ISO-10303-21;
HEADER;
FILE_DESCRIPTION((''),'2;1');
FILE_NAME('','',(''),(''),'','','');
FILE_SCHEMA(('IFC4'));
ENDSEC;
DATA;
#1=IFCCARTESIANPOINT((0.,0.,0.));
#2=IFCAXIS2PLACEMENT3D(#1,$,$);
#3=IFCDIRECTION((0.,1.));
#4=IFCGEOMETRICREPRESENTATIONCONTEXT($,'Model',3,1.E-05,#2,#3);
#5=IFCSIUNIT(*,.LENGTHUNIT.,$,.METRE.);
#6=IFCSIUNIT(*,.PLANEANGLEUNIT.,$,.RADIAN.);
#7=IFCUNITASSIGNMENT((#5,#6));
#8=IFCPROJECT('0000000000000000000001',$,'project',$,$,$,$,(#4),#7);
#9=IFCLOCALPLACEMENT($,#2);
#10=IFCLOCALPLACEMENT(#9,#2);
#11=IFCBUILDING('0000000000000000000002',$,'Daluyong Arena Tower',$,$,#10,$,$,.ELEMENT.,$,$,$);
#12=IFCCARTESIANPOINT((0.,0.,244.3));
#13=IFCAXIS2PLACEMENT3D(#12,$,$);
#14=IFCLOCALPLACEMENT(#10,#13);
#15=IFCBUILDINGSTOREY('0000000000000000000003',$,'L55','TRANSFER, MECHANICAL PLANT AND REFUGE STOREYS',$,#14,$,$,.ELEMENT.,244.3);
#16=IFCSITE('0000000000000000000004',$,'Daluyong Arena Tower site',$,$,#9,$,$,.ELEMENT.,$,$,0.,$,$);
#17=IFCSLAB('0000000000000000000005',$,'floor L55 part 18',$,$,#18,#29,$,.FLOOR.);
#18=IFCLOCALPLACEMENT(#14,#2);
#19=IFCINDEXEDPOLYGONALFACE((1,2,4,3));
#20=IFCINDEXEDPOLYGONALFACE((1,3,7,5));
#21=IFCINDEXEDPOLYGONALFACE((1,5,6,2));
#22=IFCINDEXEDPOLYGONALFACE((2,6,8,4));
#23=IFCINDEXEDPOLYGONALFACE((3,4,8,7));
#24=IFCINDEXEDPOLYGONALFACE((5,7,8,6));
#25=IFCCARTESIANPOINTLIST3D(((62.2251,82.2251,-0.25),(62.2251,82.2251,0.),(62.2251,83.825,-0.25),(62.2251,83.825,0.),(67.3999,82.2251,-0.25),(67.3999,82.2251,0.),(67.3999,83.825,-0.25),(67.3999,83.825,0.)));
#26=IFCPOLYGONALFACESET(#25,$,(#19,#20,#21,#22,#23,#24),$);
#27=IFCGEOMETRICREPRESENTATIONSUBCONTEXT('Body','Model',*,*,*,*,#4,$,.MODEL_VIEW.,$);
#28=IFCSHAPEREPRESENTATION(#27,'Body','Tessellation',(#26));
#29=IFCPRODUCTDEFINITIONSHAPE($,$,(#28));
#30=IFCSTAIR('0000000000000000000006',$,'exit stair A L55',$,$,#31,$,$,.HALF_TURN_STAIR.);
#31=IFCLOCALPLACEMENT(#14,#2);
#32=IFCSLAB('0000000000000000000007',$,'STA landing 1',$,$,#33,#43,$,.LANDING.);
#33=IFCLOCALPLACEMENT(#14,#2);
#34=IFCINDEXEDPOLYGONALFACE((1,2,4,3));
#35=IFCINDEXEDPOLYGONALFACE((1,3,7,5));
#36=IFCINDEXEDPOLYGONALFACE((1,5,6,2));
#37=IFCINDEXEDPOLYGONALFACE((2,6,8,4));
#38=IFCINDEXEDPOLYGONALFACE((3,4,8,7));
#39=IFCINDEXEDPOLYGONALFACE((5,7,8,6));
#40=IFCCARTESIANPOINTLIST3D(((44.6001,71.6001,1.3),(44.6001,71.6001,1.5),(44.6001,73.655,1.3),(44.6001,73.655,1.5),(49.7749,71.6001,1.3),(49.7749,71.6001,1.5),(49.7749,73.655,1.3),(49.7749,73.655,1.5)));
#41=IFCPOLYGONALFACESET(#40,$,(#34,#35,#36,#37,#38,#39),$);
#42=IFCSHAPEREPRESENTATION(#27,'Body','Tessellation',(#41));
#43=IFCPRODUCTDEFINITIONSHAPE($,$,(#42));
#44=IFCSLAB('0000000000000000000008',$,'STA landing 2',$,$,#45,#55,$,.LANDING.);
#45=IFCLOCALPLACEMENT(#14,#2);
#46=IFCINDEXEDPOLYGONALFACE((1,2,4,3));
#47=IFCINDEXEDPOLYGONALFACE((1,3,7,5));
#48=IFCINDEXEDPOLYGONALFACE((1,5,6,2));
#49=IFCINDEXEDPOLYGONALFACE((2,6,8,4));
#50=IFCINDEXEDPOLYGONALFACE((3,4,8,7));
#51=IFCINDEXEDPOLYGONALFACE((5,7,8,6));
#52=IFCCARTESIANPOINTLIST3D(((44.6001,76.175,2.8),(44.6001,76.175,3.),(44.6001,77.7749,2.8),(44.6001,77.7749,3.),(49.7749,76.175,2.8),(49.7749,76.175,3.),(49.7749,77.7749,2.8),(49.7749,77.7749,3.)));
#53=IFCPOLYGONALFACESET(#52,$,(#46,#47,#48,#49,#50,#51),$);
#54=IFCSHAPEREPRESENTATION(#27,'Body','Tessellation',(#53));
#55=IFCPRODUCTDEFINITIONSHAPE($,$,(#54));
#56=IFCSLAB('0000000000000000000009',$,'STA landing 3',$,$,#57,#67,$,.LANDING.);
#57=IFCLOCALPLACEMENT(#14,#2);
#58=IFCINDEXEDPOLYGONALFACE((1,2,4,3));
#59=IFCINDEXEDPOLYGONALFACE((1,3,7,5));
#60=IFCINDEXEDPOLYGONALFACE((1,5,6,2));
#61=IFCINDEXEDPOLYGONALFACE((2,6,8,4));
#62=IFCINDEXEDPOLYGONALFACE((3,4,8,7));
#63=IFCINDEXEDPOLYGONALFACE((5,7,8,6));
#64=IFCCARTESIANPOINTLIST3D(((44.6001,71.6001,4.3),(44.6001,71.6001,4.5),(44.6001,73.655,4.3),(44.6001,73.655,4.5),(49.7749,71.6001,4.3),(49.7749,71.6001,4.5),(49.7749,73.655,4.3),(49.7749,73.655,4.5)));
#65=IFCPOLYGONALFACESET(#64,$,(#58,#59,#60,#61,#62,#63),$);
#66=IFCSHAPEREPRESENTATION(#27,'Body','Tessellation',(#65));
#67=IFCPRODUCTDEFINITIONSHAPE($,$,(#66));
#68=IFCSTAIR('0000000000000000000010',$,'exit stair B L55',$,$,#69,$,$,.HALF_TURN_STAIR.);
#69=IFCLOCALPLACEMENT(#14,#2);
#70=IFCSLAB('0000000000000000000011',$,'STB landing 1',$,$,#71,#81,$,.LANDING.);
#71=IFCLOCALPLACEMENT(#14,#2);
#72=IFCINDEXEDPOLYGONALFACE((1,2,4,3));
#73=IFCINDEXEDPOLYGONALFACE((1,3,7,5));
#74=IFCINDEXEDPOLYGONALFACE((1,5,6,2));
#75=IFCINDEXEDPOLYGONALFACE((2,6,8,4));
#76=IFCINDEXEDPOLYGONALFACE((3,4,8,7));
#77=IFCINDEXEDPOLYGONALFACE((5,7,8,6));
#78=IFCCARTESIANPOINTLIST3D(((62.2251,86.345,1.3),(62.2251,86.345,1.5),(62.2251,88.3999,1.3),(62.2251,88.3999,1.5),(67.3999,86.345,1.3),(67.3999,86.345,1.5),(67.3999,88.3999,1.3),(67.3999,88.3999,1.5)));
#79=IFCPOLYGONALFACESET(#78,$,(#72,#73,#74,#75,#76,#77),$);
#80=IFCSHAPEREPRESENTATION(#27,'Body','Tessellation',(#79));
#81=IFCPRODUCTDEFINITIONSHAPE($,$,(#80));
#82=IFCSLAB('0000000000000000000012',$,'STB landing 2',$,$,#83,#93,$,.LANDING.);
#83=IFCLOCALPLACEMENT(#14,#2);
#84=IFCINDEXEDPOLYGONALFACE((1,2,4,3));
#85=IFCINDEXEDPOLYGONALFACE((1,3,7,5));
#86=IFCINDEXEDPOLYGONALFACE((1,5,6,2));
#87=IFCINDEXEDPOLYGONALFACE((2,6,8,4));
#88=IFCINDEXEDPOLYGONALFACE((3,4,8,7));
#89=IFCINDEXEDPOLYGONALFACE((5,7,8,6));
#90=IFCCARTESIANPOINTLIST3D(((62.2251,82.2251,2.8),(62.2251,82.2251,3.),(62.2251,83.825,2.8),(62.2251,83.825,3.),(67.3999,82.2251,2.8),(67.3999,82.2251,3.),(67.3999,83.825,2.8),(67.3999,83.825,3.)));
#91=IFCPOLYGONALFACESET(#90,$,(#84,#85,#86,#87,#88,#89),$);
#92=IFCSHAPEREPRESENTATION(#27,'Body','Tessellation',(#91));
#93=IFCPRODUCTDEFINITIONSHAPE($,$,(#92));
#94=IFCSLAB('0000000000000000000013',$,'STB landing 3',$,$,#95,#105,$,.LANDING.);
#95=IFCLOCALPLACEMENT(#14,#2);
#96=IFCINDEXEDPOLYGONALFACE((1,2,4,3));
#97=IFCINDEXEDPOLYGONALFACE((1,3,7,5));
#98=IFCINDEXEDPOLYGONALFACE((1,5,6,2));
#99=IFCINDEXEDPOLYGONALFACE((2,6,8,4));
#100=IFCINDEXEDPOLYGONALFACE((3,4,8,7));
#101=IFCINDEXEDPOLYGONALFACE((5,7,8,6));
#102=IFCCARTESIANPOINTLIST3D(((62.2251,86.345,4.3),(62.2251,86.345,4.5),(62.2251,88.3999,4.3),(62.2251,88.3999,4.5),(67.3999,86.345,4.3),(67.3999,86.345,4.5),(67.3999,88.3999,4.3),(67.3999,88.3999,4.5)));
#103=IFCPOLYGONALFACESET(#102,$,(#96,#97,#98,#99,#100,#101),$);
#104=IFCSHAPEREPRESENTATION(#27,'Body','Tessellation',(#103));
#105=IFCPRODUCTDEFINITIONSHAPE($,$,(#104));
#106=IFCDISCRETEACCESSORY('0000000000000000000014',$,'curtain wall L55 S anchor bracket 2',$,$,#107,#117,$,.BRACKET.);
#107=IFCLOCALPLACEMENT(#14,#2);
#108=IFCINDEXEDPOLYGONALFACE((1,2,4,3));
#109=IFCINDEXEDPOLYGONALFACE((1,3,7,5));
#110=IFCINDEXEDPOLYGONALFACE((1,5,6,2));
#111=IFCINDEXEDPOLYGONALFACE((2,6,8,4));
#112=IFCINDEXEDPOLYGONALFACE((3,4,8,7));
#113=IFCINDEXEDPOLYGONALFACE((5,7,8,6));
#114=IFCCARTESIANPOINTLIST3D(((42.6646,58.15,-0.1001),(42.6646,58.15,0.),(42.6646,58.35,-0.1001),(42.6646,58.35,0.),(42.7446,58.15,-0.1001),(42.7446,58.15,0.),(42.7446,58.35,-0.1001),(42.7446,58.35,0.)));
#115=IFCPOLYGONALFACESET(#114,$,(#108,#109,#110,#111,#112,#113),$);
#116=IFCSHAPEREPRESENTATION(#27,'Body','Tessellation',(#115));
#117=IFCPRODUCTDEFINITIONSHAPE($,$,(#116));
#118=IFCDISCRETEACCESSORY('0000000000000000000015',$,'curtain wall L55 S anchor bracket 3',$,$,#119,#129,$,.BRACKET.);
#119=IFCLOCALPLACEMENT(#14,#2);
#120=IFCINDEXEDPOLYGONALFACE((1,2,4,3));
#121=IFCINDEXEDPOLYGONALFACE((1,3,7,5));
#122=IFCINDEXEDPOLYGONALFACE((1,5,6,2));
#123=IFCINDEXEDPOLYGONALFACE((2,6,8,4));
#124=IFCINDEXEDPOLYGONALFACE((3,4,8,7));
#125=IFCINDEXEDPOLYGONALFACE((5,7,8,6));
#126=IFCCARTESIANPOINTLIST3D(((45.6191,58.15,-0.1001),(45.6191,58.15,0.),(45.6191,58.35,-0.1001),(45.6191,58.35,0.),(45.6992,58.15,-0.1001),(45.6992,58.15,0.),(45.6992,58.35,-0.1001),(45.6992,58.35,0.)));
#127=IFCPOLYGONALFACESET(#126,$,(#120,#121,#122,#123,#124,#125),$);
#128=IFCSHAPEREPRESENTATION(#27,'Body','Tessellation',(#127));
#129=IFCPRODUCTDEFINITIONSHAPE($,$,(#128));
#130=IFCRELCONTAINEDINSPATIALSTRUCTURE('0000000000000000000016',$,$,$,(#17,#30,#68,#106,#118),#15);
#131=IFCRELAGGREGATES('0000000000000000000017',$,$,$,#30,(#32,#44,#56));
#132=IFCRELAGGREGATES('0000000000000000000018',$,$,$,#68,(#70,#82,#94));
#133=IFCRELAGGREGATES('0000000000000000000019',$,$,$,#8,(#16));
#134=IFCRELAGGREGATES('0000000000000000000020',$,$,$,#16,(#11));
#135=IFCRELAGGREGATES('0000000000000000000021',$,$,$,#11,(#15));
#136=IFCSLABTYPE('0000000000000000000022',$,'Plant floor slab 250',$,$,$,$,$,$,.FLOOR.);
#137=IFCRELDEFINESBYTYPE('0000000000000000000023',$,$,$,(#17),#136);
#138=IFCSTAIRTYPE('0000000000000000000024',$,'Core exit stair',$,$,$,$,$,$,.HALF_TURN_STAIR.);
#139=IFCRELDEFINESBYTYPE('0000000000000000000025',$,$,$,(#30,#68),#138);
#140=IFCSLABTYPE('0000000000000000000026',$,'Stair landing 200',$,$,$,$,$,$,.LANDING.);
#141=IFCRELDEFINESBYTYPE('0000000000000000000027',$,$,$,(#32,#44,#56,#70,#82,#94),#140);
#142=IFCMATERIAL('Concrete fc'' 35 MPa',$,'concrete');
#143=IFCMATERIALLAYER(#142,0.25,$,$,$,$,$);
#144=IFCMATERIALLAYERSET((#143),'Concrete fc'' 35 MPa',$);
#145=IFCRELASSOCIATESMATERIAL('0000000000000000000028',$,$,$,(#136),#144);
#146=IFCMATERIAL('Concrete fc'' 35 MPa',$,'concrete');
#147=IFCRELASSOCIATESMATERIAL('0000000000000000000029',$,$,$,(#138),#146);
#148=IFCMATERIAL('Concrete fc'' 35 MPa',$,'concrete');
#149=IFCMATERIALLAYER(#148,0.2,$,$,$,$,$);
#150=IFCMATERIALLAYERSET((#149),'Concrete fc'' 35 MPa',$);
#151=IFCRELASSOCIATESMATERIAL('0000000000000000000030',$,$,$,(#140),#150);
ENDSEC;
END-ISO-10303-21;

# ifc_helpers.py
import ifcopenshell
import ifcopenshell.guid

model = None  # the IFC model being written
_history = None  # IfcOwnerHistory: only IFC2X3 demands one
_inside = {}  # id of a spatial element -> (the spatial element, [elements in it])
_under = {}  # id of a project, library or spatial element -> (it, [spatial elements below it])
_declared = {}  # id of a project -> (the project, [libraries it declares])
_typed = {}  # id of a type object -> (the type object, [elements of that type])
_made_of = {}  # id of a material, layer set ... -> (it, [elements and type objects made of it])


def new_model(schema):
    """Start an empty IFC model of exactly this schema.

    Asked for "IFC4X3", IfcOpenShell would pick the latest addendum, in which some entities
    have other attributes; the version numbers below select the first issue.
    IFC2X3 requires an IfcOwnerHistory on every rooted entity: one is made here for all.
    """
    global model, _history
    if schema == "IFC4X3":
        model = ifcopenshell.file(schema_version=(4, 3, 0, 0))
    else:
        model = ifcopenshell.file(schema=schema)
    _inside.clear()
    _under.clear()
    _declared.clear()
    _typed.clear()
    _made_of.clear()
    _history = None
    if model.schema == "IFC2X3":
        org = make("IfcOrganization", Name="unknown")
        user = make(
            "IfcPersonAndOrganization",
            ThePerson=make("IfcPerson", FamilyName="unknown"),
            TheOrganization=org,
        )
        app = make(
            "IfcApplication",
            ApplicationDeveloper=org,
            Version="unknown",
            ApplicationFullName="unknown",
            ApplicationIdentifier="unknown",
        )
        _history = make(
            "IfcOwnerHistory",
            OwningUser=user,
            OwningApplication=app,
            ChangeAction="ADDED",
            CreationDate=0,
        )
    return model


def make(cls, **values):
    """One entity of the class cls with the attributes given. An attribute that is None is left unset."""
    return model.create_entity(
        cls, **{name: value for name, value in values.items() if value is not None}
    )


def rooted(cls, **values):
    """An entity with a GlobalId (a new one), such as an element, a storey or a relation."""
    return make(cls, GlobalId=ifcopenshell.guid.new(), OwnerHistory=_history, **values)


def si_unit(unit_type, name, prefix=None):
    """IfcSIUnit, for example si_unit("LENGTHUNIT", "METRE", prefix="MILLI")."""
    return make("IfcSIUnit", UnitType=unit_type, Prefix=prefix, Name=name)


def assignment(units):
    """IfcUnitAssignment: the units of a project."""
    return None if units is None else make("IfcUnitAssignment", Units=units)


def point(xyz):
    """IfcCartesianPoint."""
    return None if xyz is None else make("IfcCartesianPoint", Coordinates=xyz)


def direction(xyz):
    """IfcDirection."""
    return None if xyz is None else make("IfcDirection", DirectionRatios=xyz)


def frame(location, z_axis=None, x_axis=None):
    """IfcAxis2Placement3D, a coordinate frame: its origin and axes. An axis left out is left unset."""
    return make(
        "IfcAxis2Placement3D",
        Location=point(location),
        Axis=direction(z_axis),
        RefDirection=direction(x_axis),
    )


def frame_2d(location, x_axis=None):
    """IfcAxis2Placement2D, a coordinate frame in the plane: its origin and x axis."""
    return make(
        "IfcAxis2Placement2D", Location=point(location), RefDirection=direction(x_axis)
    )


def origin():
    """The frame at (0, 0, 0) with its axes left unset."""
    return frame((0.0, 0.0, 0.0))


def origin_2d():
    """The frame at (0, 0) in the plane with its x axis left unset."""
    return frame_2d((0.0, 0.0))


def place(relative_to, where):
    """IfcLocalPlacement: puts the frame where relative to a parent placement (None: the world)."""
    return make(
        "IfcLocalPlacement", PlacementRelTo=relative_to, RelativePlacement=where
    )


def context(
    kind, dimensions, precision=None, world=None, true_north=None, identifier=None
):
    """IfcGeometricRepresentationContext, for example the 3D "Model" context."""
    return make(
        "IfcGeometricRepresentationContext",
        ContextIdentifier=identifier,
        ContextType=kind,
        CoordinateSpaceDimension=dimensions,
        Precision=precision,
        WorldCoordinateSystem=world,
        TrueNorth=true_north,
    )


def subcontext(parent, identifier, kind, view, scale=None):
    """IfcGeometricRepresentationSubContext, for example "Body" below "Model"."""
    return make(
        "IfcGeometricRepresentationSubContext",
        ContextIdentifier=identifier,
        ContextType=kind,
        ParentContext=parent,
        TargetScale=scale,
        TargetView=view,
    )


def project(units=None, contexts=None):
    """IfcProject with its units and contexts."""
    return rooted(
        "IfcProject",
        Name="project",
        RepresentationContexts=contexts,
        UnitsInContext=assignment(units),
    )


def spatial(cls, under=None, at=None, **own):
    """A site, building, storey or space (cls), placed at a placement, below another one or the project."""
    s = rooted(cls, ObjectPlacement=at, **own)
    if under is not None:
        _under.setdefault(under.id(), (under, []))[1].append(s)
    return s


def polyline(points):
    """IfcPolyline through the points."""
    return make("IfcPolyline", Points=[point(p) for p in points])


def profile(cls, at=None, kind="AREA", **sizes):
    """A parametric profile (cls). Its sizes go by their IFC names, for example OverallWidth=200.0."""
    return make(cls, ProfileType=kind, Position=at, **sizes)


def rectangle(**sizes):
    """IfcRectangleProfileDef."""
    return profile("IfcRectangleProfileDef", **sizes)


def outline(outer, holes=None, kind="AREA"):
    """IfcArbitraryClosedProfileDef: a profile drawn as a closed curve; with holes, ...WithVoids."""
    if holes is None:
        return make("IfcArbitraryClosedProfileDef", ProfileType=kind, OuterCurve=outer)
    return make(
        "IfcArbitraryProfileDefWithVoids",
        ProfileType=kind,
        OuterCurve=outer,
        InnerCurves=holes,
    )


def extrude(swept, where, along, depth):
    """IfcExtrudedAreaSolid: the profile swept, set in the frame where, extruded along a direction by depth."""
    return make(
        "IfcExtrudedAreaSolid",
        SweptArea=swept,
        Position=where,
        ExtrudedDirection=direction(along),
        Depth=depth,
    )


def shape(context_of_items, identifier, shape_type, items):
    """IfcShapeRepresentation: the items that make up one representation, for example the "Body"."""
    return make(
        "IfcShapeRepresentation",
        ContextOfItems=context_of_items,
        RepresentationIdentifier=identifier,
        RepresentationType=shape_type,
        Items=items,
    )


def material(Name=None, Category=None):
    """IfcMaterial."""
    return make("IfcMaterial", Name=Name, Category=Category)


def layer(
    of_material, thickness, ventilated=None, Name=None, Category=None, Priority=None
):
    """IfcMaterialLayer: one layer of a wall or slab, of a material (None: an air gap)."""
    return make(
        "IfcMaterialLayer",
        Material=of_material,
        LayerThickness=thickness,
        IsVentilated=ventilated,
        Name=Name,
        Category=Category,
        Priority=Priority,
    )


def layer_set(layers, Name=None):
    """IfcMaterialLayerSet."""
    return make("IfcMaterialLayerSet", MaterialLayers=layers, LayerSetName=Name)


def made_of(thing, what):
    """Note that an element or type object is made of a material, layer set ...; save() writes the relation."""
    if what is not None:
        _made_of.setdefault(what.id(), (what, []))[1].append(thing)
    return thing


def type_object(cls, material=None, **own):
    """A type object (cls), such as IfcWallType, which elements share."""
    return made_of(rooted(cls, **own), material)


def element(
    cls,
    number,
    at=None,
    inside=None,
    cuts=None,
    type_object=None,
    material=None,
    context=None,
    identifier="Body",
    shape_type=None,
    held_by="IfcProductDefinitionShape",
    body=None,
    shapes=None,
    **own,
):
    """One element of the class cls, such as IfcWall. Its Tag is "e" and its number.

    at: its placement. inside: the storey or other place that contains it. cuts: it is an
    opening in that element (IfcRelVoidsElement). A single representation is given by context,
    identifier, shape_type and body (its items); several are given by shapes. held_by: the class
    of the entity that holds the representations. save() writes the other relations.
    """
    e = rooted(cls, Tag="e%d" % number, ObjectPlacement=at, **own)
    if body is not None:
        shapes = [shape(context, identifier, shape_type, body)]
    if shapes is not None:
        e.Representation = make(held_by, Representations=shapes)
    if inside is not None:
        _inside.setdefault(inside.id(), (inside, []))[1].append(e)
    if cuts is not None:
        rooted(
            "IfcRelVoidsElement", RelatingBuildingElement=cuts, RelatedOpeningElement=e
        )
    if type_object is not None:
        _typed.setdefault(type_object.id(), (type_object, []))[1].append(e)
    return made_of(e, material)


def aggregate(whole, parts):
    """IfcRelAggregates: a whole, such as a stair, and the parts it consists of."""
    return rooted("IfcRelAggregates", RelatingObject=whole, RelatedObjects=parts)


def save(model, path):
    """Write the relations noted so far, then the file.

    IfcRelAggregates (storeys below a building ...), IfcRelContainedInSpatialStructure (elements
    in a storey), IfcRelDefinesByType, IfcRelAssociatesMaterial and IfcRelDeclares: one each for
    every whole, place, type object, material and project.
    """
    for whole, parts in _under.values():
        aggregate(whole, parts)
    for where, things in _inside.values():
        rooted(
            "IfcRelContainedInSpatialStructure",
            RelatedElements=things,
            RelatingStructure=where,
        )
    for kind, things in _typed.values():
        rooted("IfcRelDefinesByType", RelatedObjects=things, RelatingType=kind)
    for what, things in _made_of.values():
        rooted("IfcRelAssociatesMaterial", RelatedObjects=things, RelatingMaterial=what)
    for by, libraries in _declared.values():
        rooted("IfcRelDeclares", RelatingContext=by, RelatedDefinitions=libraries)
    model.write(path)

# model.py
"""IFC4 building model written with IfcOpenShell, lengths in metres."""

from ifc_helpers import new_model, si_unit, direction, frame, origin, origin_2d, place, context, subcontext, project, spatial, polyline, rectangle, outline, extrude, material, layer, layer_set, type_object, element, aggregate, save


model = new_model("IFC4")

# Units and contexts
model_context = context("Model", 3, precision=1e-05, world=origin(), true_north=direction((0.0, 1.0)))
body_context = subcontext(model_context, "Body", "Model", "MODEL_VIEW")
ifc_project = project(units=[si_unit("LENGTHUNIT", "METRE"), si_unit("PLANEANGLEUNIT", "RADIAN")], contexts=[model_context])

# Site, building, storey
site_placement = place(None, origin())
site = spatial("IfcSite", under=ifc_project, at=site_placement, Name="Daluyong Arena Tower site", CompositionType="ELEMENT", RefElevation=0.0)
building_placement = place(site_placement, origin())
building = spatial("IfcBuilding", under=site, at=building_placement, Name="Daluyong Arena Tower", CompositionType="ELEMENT")
storey_placement = place(building_placement, frame((0.0, 0.0, 244.3)))
storey = spatial("IfcBuildingStorey", under=building, at=storey_placement, Name="L55", Description="TRANSFER, MECHANICAL PLANT AND REFUGE STOREYS", CompositionType="ELEMENT", Elevation=244.3)

# Slab
ifc_material_1 = material(Name="Concrete fc' 35 MPa", Category="concrete")
ifc_layer_1 = layer(ifc_material_1, 0.25)
ifc_layer_set_1 = layer_set([ifc_layer_1], Name="Concrete fc' 35 MPa")
slab_type_1 = type_object("IfcSlabType", Name="Plant floor slab 250", PredefinedType="FLOOR", material=ifc_layer_set_1)
slab_1_placement = place(storey_placement, frame((0.0, 0.0, -0.25)))
element("IfcSlab", 1, at=slab_1_placement, inside=storey, type_object=slab_type_1, Name="floor L55 part 18", PredefinedType="FLOOR", context=body_context, shape_type="SweptSolid", body=[
    extrude(outline(polyline([(67.3999, 83.825), (62.2251, 83.825), (62.2251, 82.2251), (67.3999, 82.2251), (67.3999, 83.825)])), origin(), (0.0, 0.0, 1.0), 0.25),
])

# Stairs, slabs
ifc_material_2 = material(Name="Concrete fc' 35 MPa", Category="concrete")
stair_type = type_object("IfcStairType", Name="Core exit stair", PredefinedType="HALF_TURN_STAIR", material=ifc_material_2)
stair_1_placement = place(storey_placement, origin())
stair_1 = element("IfcStair", 2, at=stair_1_placement, inside=storey, type_object=stair_type, Name="exit stair A L55", PredefinedType="HALF_TURN_STAIR")
ifc_material_3 = material(Name="Concrete fc' 35 MPa", Category="concrete")
ifc_layer_2 = layer(ifc_material_3, 0.2)
ifc_layer_set_2 = layer_set([ifc_layer_2], Name="Concrete fc' 35 MPa")
slab_type_2 = type_object("IfcSlabType", Name="Stair landing 200", PredefinedType="LANDING", material=ifc_layer_set_2)
slab_2_placement = place(storey_placement, frame((0.0, 0.0, 1.3)))
slab_2 = element("IfcSlab", 3, at=slab_2_placement, type_object=slab_type_2, Name="STA landing 1", PredefinedType="LANDING", context=body_context, shape_type="SweptSolid", body=[
    extrude(outline(polyline([(44.6001, 71.6001), (49.7749, 71.6001), (49.7749, 73.655), (44.6001, 73.655), (44.6001, 71.6001)])), origin(), (0.0, 0.0, 1.0), 0.2),
])
slab_3_placement = place(storey_placement, frame((0.0, 0.0, 2.8)))
slab_3 = element("IfcSlab", 4, at=slab_3_placement, type_object=slab_type_2, Name="STA landing 2", PredefinedType="LANDING", context=body_context, shape_type="SweptSolid", body=[
    extrude(outline(polyline([(44.6001, 76.175), (49.7749, 76.175), (49.7749, 77.7749), (44.6001, 77.7749), (44.6001, 76.175)])), origin(), (0.0, 0.0, 1.0), 0.2),
])
slab_4_placement = place(storey_placement, frame((0.0, 0.0, 4.3)))
slab_4 = element("IfcSlab", 5, at=slab_4_placement, type_object=slab_type_2, Name="STA landing 3", PredefinedType="LANDING", context=body_context, shape_type="SweptSolid", body=[
    extrude(outline(polyline([(44.6001, 71.6001), (49.7749, 71.6001), (49.7749, 73.655), (44.6001, 73.655), (44.6001, 71.6001)])), origin(), (0.0, 0.0, 1.0), 0.2),
])
aggregate(stair_1, [slab_2, slab_3, slab_4])
stair_2_placement = place(storey_placement, origin())
stair_2 = element("IfcStair", 6, at=stair_2_placement, inside=storey, type_object=stair_type, Name="exit stair B L55", PredefinedType="HALF_TURN_STAIR")
slab_5_placement = place(storey_placement, frame((0.0, 0.0, 1.3)))
slab_5 = element("IfcSlab", 7, at=slab_5_placement, type_object=slab_type_2, Name="STB landing 1", PredefinedType="LANDING", context=body_context, shape_type="SweptSolid", body=[
    extrude(outline(polyline([(62.2251, 86.345), (67.3999, 86.345), (67.3999, 88.3999), (62.2251, 88.3999), (62.2251, 86.345)])), origin(), (0.0, 0.0, 1.0), 0.2),
])
slab_6_placement = place(storey_placement, frame((0.0, 0.0, 2.8)))
slab_6 = element("IfcSlab", 8, at=slab_6_placement, type_object=slab_type_2, Name="STB landing 2", PredefinedType="LANDING", context=body_context, shape_type="SweptSolid", body=[
    extrude(outline(polyline([(62.2251, 82.2251), (67.3999, 82.2251), (67.3999, 83.825), (62.2251, 83.825), (62.2251, 82.2251)])), origin(), (0.0, 0.0, 1.0), 0.2),
])
slab_7_placement = place(storey_placement, frame((0.0, 0.0, 4.3)))
slab_7 = element("IfcSlab", 9, at=slab_7_placement, type_object=slab_type_2, Name="STB landing 3", PredefinedType="LANDING", context=body_context, shape_type="SweptSolid", body=[
    extrude(outline(polyline([(62.2251, 86.345), (67.3999, 86.345), (67.3999, 88.3999), (62.2251, 88.3999), (62.2251, 86.345)])), origin(), (0.0, 0.0, 1.0), 0.2),
])
aggregate(stair_2, [slab_5, slab_6, slab_7])

# Discrete accessories
for number, where, z_axis, x_axis, name in (
    (10, (42.7046, 58.25, -0.1001), (0.0, 0.0, 1.0), (1.0, 0.0, 0.0), "curtain wall L55 S anchor bracket 2"),
    (11, (45.6592, 58.25, -0.1001), (0.0, 0.0, 1.0), (1.0, 0.0, 0.0), "curtain wall L55 S anchor bracket 3"),
):
    element("IfcDiscreteAccessory", number, at=place(storey_placement, frame(where, z_axis=z_axis, x_axis=x_axis)), inside=storey, Name=name, PredefinedType="BRACKET", context=body_context, shape_type="SweptSolid", body=[
        extrude(rectangle(XDim=0.0801, YDim=0.2, at=origin_2d()), origin(), (0.0, 0.0, 1.0), 0.1001),
    ])

save(model, "model.ifc")
